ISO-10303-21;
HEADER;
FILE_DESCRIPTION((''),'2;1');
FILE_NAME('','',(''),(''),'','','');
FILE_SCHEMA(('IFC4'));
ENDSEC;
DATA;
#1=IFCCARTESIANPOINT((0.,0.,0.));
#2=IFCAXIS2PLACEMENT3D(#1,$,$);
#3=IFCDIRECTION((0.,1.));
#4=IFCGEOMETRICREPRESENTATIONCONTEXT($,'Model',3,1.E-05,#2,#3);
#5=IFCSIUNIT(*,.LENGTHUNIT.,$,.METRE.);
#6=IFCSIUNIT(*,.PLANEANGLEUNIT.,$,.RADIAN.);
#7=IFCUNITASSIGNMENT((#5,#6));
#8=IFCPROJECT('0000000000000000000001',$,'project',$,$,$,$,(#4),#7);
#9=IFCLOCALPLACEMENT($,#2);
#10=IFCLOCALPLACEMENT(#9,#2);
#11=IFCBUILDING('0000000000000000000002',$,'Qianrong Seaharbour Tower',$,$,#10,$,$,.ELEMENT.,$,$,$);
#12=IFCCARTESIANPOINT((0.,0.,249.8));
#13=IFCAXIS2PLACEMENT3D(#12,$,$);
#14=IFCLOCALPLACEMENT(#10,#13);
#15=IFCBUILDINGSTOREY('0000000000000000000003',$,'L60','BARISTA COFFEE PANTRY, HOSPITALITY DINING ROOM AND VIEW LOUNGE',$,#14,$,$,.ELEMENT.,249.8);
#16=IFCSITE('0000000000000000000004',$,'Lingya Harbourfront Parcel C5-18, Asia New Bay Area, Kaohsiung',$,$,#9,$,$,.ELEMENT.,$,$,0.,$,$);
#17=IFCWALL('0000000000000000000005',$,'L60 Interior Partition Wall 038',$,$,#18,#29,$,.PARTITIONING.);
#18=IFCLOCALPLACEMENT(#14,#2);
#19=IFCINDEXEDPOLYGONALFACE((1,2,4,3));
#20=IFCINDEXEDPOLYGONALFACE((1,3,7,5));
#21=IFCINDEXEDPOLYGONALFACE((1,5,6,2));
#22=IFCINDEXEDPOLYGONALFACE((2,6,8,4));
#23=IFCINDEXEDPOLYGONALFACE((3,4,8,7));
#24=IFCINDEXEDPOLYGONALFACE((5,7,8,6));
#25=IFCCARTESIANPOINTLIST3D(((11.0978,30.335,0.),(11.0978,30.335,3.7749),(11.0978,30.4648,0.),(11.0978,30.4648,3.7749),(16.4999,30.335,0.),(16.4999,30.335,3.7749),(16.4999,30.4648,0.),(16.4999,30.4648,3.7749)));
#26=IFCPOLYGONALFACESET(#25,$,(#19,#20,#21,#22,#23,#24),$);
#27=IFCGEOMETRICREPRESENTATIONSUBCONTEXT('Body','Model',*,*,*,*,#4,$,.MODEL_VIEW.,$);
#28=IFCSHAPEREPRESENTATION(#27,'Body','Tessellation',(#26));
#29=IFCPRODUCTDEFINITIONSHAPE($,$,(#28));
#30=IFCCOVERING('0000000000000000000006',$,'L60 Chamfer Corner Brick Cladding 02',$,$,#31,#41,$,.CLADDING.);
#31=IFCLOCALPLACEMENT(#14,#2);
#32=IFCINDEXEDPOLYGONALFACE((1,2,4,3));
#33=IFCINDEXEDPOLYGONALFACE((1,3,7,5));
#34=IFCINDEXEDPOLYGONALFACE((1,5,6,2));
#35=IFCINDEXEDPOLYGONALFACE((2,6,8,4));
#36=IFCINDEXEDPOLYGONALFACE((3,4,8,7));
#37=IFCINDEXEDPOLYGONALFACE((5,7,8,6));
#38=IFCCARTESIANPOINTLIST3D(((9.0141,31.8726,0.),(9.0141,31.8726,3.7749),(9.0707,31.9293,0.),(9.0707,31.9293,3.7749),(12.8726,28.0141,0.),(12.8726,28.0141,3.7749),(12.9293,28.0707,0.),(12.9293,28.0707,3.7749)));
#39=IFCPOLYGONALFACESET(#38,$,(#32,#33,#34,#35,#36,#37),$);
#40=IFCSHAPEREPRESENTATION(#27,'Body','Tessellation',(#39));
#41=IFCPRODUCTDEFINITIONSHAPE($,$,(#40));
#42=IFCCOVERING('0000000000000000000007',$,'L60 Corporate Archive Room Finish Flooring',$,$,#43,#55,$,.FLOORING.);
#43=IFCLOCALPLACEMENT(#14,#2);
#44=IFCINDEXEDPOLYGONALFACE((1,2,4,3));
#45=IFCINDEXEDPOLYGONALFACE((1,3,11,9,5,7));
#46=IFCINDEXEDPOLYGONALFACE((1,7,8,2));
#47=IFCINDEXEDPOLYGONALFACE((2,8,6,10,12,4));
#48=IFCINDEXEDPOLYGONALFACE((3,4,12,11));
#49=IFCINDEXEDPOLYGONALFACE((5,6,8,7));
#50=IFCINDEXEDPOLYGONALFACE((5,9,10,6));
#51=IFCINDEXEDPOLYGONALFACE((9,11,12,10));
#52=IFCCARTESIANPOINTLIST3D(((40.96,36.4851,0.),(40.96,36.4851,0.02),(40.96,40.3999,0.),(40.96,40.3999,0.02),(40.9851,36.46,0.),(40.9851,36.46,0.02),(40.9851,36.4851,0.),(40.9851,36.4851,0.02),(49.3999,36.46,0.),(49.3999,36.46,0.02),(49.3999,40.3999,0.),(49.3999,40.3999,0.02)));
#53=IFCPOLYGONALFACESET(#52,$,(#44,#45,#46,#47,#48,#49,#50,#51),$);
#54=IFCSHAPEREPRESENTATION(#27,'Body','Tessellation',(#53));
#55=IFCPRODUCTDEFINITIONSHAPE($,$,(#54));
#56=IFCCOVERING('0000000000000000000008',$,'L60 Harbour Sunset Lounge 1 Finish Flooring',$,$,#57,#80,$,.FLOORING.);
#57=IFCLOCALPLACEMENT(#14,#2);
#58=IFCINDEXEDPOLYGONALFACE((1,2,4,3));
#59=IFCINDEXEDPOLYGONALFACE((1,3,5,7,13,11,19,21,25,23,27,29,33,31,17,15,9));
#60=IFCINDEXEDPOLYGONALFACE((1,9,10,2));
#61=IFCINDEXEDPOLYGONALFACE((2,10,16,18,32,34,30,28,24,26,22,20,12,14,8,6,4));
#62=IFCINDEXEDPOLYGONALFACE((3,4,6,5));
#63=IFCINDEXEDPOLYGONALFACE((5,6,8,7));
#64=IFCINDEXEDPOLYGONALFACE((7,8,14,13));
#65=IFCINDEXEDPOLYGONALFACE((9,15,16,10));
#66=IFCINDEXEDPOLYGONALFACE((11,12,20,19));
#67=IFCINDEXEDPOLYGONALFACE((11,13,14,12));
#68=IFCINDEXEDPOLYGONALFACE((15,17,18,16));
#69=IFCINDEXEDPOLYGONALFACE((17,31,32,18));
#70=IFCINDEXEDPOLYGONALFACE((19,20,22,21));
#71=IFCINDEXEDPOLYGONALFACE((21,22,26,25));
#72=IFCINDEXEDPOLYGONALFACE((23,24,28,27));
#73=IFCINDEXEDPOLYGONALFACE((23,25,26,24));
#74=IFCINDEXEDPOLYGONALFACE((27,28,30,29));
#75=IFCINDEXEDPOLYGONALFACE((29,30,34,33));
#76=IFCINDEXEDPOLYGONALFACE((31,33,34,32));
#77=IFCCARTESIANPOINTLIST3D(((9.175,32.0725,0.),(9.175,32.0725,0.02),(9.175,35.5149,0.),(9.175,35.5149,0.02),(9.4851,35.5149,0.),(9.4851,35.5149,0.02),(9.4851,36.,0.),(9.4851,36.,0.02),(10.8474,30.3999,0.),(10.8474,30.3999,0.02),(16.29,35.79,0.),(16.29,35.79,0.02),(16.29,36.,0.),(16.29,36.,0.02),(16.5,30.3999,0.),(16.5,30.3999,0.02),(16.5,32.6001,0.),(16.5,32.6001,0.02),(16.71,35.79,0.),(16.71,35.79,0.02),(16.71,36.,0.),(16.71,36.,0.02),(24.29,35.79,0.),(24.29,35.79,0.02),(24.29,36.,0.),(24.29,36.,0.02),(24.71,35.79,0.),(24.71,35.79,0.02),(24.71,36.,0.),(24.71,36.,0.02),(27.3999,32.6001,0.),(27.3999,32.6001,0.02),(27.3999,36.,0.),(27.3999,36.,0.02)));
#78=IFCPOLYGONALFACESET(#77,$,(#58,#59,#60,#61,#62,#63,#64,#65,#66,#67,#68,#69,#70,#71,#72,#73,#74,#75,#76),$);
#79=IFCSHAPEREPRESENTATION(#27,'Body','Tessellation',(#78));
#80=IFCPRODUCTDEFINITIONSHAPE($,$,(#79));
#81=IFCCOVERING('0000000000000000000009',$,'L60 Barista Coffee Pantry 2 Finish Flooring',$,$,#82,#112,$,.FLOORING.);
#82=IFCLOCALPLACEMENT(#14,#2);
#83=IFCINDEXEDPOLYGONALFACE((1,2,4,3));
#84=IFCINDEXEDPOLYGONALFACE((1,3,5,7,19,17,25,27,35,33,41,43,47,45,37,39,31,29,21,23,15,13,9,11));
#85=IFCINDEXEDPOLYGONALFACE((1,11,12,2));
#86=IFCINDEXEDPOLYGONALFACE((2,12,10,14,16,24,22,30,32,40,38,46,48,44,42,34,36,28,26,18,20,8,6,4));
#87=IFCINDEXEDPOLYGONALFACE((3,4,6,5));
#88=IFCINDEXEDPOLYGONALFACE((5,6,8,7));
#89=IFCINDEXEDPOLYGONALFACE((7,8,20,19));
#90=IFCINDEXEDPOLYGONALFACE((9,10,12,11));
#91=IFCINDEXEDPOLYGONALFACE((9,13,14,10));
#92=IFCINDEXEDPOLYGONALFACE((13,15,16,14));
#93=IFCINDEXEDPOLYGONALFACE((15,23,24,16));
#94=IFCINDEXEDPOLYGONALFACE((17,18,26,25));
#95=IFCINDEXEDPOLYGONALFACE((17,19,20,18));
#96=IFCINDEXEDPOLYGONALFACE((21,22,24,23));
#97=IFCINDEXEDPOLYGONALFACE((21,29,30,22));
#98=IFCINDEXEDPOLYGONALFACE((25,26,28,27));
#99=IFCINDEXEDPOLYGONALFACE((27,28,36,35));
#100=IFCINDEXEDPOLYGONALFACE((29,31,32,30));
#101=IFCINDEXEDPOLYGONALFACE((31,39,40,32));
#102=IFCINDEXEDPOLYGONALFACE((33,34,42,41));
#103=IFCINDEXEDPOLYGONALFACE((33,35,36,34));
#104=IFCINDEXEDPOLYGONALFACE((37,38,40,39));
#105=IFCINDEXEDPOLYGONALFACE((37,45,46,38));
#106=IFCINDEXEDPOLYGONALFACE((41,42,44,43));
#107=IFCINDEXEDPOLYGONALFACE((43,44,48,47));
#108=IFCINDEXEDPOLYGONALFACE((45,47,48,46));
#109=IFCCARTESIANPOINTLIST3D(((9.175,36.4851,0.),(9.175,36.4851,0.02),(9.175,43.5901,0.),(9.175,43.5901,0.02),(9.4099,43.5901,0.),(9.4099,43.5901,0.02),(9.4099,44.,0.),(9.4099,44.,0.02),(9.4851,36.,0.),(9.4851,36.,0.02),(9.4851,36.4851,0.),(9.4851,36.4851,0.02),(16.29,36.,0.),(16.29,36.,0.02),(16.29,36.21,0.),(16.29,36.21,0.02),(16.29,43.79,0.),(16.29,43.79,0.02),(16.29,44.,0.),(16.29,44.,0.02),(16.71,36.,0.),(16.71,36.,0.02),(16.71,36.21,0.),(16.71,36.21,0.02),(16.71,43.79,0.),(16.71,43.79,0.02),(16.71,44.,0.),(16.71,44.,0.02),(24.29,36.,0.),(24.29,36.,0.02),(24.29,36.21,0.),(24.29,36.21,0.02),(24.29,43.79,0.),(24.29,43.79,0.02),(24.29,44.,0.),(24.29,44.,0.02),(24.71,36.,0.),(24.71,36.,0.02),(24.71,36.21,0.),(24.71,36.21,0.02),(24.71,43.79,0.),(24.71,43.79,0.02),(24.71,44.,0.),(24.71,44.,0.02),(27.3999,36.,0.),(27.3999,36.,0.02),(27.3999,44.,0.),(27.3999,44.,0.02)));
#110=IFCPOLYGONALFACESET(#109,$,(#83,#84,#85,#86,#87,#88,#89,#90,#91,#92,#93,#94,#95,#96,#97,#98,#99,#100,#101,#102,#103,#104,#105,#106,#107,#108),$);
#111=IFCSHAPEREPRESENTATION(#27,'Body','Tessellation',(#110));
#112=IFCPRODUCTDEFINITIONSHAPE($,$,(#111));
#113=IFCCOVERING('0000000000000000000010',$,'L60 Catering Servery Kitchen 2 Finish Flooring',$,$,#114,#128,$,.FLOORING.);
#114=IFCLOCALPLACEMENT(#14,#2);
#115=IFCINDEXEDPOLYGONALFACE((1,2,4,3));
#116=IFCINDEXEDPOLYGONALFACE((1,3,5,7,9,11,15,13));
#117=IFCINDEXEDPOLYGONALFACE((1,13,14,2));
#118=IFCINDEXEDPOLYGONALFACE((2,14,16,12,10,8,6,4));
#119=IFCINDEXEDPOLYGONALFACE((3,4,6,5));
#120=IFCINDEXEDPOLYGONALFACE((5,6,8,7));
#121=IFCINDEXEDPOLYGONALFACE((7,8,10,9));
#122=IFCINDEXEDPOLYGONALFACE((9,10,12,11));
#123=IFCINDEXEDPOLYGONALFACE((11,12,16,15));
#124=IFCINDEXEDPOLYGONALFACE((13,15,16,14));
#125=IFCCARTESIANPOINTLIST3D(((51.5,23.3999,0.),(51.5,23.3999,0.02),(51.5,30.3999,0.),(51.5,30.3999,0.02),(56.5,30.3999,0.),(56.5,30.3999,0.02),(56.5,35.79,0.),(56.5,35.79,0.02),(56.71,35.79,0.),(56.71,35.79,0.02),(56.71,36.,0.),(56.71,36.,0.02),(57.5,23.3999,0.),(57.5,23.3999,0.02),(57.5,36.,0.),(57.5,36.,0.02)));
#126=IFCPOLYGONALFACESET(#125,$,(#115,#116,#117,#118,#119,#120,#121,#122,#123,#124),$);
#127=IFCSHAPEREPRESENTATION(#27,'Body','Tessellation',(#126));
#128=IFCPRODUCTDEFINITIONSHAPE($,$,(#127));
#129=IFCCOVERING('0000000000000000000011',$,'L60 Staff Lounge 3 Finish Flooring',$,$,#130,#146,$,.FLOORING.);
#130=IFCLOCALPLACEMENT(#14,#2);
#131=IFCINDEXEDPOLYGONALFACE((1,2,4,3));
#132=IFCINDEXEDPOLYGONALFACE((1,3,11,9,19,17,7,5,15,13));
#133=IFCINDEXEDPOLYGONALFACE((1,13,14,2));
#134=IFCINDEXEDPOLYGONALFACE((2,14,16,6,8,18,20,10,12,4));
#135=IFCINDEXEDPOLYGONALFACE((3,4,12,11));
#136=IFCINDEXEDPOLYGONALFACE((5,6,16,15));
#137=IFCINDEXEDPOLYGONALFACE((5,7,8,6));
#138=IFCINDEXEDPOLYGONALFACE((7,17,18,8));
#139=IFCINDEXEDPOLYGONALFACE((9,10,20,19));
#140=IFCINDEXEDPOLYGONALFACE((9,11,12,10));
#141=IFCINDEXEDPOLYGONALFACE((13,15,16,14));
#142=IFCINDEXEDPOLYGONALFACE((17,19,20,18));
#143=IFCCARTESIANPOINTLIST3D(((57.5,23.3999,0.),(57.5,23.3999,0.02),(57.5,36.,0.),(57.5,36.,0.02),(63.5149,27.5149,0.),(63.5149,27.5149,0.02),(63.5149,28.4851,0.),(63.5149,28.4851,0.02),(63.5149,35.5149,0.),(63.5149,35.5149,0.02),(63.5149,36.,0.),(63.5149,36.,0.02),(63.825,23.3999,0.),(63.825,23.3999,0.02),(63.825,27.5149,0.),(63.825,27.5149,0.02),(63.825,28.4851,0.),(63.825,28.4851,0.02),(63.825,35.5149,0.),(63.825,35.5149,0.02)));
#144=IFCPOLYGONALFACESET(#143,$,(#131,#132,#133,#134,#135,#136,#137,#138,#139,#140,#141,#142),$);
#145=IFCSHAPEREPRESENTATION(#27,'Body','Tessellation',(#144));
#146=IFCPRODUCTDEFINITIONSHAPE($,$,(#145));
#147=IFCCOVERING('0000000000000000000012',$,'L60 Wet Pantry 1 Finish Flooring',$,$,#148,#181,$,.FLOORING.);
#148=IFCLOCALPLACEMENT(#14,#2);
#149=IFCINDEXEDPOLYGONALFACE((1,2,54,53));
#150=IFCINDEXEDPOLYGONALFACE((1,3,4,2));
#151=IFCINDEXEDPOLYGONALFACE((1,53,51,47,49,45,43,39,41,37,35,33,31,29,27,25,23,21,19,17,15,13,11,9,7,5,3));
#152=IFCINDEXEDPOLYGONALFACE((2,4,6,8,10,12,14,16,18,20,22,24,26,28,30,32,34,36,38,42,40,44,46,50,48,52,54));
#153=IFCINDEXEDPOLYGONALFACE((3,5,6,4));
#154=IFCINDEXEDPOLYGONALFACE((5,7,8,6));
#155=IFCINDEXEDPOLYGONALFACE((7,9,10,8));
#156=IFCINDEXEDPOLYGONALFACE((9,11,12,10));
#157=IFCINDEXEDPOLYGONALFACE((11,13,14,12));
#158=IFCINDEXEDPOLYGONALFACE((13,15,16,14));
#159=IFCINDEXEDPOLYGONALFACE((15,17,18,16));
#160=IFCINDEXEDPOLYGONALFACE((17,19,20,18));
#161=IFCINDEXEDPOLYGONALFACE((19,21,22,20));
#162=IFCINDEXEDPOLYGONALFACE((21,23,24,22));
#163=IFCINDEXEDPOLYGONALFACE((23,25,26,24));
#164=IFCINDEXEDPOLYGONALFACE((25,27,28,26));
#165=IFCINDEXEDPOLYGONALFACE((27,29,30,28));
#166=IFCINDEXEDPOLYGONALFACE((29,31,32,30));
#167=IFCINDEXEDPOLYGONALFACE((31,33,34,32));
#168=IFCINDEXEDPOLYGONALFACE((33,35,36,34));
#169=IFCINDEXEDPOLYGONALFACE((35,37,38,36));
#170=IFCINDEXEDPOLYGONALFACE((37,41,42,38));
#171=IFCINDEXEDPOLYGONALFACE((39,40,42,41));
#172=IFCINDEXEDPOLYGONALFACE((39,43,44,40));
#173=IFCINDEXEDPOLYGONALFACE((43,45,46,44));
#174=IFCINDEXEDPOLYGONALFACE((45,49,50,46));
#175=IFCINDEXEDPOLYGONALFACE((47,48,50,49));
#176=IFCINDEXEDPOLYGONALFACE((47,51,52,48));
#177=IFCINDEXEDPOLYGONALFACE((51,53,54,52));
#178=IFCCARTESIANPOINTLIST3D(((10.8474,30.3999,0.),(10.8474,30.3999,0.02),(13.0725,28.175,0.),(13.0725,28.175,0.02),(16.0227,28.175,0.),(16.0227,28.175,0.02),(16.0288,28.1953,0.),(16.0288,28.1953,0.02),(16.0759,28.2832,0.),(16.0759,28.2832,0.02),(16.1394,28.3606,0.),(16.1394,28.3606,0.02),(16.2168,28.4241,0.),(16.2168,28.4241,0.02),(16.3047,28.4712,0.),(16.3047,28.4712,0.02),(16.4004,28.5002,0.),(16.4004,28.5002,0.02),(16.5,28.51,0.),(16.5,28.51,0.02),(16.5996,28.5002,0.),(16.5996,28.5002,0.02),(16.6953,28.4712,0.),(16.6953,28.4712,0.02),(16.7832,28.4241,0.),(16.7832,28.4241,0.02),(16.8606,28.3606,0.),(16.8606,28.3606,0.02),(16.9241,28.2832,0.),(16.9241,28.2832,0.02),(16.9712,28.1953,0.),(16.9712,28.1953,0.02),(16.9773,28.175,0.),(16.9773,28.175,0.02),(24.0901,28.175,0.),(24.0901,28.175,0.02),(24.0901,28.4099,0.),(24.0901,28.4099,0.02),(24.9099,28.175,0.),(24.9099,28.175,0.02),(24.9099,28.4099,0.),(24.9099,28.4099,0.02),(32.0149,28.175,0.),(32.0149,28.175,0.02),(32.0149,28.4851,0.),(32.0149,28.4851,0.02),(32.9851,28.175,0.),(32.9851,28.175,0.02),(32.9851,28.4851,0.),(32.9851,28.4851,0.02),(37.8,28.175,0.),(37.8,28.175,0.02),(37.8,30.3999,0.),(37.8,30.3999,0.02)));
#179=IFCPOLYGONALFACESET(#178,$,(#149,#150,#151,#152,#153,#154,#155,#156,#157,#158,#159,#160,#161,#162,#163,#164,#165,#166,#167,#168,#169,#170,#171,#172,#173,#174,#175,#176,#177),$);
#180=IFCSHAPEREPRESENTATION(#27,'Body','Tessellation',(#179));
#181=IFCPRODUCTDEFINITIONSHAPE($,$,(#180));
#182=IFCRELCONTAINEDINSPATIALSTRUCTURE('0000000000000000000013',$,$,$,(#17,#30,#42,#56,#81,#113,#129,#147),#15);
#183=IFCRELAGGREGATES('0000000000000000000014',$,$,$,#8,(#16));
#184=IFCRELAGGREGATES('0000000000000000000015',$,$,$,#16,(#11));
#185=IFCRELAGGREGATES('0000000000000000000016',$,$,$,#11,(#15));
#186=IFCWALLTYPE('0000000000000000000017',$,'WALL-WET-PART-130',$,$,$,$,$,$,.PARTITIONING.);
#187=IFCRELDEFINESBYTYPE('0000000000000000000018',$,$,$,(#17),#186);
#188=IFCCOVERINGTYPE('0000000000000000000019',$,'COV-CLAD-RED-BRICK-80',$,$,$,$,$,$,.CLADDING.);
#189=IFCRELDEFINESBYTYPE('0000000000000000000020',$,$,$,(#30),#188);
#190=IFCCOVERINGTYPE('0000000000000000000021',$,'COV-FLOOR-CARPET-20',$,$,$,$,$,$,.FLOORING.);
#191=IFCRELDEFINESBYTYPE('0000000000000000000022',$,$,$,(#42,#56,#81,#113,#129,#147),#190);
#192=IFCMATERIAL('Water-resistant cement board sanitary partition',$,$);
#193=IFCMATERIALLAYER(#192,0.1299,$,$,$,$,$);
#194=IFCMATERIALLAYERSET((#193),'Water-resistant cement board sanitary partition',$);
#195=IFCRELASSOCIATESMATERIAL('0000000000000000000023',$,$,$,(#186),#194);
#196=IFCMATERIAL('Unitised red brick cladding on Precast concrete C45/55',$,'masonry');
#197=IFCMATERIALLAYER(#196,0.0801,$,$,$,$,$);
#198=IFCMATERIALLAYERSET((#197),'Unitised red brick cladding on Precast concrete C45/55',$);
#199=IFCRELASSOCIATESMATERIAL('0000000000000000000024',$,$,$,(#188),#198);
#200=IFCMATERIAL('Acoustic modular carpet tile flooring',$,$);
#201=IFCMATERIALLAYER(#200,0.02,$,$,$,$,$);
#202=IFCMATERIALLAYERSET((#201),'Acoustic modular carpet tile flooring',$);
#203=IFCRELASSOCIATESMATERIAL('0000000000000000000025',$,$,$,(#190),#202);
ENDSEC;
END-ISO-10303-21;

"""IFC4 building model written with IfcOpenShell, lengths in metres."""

from ifc_helpers import new_model, si_unit, direction, frame, frame_2d, origin, origin_2d, place, context, subcontext, project, spatial, polyline, rectangle, outline, extrude, material, layer, layer_set, type_object, element, save


model = new_model("IFC4")

# Units and contexts
model_context = context("Model", 3, precision=1e-05, world=origin(), true_north=direction((0.0, 1.0)))
body_context = subcontext(model_context, "Body", "Model", "MODEL_VIEW")
ifc_project = project(units=[si_unit("LENGTHUNIT", "METRE"), si_unit("PLANEANGLEUNIT", "RADIAN")], contexts=[model_context])

# Site, building, storey
site_placement = place(None, origin())
site = spatial("IfcSite", under=ifc_project, at=site_placement, Name="Lingya Harbourfront Parcel C5-18, Asia New Bay Area, Kaohsiung", CompositionType="ELEMENT", RefElevation=0.0)
building_placement = place(site_placement, origin())
building = spatial("IfcBuilding", under=site, at=building_placement, Name="Qianrong Seaharbour Tower", CompositionType="ELEMENT")
storey_placement = place(building_placement, frame((0.0, 0.0, 249.8)))
storey = spatial("IfcBuildingStorey", under=building, at=storey_placement, Name="L60", Description="BARISTA COFFEE PANTRY, HOSPITALITY DINING ROOM AND VIEW LOUNGE", CompositionType="ELEMENT", Elevation=249.8)

# Wall
ifc_material_1 = material(Name="Water-resistant cement board sanitary partition")
ifc_layer_1 = layer(ifc_material_1, 0.1299)
ifc_layer_set_1 = layer_set([ifc_layer_1], Name="Water-resistant cement board sanitary partition")
wall_type_1 = type_object("IfcWallType", Name="WALL-WET-PART-130", PredefinedType="PARTITIONING", material=ifc_layer_set_1)
wall_1_placement = place(storey_placement, frame((16.5, 30.3999, 0.0), z_axis=(0.0, 0.0, 1.0), x_axis=(-1.0, 0.0, 0.0)))
element("IfcWall", 1, at=wall_1_placement, inside=storey, type_object=wall_type_1, Name="L60 Interior Partition Wall 038", PredefinedType="PARTITIONING", context=body_context, shape_type="SweptSolid", body=[
    extrude(rectangle(XDim=5.4021, YDim=0.1299, at=frame_2d((2.7012, 0.0))), origin(), (0.0, 0.0, 1.0), 3.7749),
])

# Coverings
ifc_material_2 = material(Name="Unitised red brick cladding on Precast concrete C45/55", Category="masonry")
ifc_layer_2 = layer(ifc_material_2, 0.0801)
ifc_layer_set_2 = layer_set([ifc_layer_2], Name="Unitised red brick cladding on Precast concrete C45/55")
covering_type_1 = type_object("IfcCoveringType", Name="COV-CLAD-RED-BRICK-80", PredefinedType="CLADDING", material=ifc_layer_set_2)
covering_1_placement = place(storey_placement, frame((10.9717, 29.9717, 0.0), z_axis=(0.0, 0.0, 1.0), x_axis=(-0.707107, 0.707107, 0.0)))
element("IfcCovering", 2, at=covering_1_placement, inside=storey, type_object=covering_type_1, Name="L60 Chamfer Corner Brick Cladding 02", PredefinedType="CLADDING", context=body_context, shape_type="SweptSolid", body=[
    extrude(rectangle(XDim=5.4568, YDim=0.0801, at=origin_2d()), origin(), (0.0, 0.0, 1.0), 3.7749),
])
ifc_material_3 = material(Name="Acoustic modular carpet tile flooring")
ifc_layer_3 = layer(ifc_material_3, 0.02)
ifc_layer_set_3 = layer_set([ifc_layer_3], Name="Acoustic modular carpet tile flooring")
covering_type_2 = type_object("IfcCoveringType", Name="COV-FLOOR-CARPET-20", PredefinedType="FLOORING", material=ifc_layer_set_3)
covering_2_placement = place(storey_placement, origin())
element("IfcCovering", 3, at=covering_2_placement, inside=storey, type_object=covering_type_2, Name="L60 Corporate Archive Room Finish Flooring", PredefinedType="FLOORING", context=body_context, shape_type="SweptSolid", body=[
    extrude(outline(polyline([(49.3999, 40.3999), (49.3999, 36.46), (40.9851, 36.46), (40.9851, 36.4851), (40.96, 36.4851), (40.96, 40.3999), (49.3999, 40.3999)])), origin(), (0.0, 0.0, 1.0), 0.02),
])
covering_3_placement = place(storey_placement, origin())
element("IfcCovering", 4, at=covering_3_placement, inside=storey, type_object=covering_type_2, Name="L60 Harbour Sunset Lounge 1 Finish Flooring", PredefinedType="FLOORING", context=body_context, shape_type="SweptSolid", body=[
    extrude(outline(polyline([(16.5, 32.6001), (16.5, 30.3999), (10.8474, 30.3999), (9.175, 32.0725), (9.175, 35.5149), (9.4851, 35.5149), (9.4851, 36.0), (16.29, 36.0), (16.29, 35.79), (16.71, 35.79), (16.71, 36.0), (24.29, 36.0), (24.29, 35.79), (24.71, 35.79), (24.71, 36.0), (27.3999, 36.0), (27.3999, 32.6001), (16.5, 32.6001)])), origin(), (0.0, 0.0, 1.0), 0.02),
])
covering_4_placement = place(storey_placement, origin())
element("IfcCovering", 5, at=covering_4_placement, inside=storey, type_object=covering_type_2, Name="L60 Barista Coffee Pantry 2 Finish Flooring", PredefinedType="FLOORING", context=body_context, shape_type="SweptSolid", body=[
    extrude(outline(polyline([(24.71, 36.0), (24.71, 36.21), (24.29, 36.21), (24.29, 36.0), (16.71, 36.0), (16.71, 36.21), (16.29, 36.21), (16.29, 36.0), (9.4851, 36.0), (9.4851, 36.4851), (9.175, 36.4851), (9.175, 43.5901), (9.4099, 43.5901), (9.4099, 44.0), (16.29, 44.0), (16.29, 43.79), (16.71, 43.79), (16.71, 44.0), (24.29, 44.0), (24.29, 43.79), (24.71, 43.79), (24.71, 44.0), (27.3999, 44.0), (27.3999, 36.0), (24.71, 36.0)])), origin(), (0.0, 0.0, 1.0), 0.02),
])
covering_5_placement = place(storey_placement, origin())
element("IfcCovering", 6, at=covering_5_placement, inside=storey, type_object=covering_type_2, Name="L60 Catering Servery Kitchen 2 Finish Flooring", PredefinedType="FLOORING", context=body_context, shape_type="SweptSolid", body=[
    extrude(outline(polyline([(56.5, 30.3999), (56.5, 35.79), (56.71, 35.79), (56.71, 36.0), (57.5, 36.0), (57.5, 23.3999), (51.5, 23.3999), (51.5, 30.3999), (56.5, 30.3999)])), origin(), (0.0, 0.0, 1.0), 0.02),
])
covering_6_placement = place(storey_placement, origin())
element("IfcCovering", 7, at=covering_6_placement, inside=storey, type_object=covering_type_2, Name="L60 Staff Lounge 3 Finish Flooring", PredefinedType="FLOORING", context=body_context, shape_type="SweptSolid", body=[
    extrude(outline(polyline([(63.5149, 36.0), (63.5149, 35.5149), (63.825, 35.5149), (63.825, 28.4851), (63.5149, 28.4851), (63.5149, 27.5149), (63.825, 27.5149), (63.825, 23.3999), (57.5, 23.3999), (57.5, 36.0), (63.5149, 36.0)])), origin(), (0.0, 0.0, 1.0), 0.02),
])
covering_7_placement = place(storey_placement, origin())
element("IfcCovering", 8, at=covering_7_placement, inside=storey, type_object=covering_type_2, Name="L60 Wet Pantry 1 Finish Flooring", PredefinedType="FLOORING", context=body_context, shape_type="SweptSolid", body=[
    extrude(outline(polyline([(32.9851, 28.175), (32.9851, 28.4851), (32.0149, 28.4851), (32.0149, 28.175), (24.9099, 28.175), (24.9099, 28.4099), (24.0901, 28.4099), (24.0901, 28.175), (16.9773, 28.175), (16.9712, 28.1953), (16.9241, 28.2832), (16.8606, 28.3606), (16.7832, 28.4241), (16.6953, 28.4712), (16.5996, 28.5002), (16.5, 28.51), (16.4004, 28.5002), (16.3047, 28.4712), (16.2168, 28.4241), (16.1394, 28.3606), (16.0759, 28.2832), (16.0288, 28.1953), (16.0227, 28.175), (13.0725, 28.175), (10.8474, 30.3999), (37.8, 30.3999), (37.8, 28.175), (32.9851, 28.175)])), origin(), (0.0, 0.0, 1.0), 0.02),
])

save(model, "model.ifc")
